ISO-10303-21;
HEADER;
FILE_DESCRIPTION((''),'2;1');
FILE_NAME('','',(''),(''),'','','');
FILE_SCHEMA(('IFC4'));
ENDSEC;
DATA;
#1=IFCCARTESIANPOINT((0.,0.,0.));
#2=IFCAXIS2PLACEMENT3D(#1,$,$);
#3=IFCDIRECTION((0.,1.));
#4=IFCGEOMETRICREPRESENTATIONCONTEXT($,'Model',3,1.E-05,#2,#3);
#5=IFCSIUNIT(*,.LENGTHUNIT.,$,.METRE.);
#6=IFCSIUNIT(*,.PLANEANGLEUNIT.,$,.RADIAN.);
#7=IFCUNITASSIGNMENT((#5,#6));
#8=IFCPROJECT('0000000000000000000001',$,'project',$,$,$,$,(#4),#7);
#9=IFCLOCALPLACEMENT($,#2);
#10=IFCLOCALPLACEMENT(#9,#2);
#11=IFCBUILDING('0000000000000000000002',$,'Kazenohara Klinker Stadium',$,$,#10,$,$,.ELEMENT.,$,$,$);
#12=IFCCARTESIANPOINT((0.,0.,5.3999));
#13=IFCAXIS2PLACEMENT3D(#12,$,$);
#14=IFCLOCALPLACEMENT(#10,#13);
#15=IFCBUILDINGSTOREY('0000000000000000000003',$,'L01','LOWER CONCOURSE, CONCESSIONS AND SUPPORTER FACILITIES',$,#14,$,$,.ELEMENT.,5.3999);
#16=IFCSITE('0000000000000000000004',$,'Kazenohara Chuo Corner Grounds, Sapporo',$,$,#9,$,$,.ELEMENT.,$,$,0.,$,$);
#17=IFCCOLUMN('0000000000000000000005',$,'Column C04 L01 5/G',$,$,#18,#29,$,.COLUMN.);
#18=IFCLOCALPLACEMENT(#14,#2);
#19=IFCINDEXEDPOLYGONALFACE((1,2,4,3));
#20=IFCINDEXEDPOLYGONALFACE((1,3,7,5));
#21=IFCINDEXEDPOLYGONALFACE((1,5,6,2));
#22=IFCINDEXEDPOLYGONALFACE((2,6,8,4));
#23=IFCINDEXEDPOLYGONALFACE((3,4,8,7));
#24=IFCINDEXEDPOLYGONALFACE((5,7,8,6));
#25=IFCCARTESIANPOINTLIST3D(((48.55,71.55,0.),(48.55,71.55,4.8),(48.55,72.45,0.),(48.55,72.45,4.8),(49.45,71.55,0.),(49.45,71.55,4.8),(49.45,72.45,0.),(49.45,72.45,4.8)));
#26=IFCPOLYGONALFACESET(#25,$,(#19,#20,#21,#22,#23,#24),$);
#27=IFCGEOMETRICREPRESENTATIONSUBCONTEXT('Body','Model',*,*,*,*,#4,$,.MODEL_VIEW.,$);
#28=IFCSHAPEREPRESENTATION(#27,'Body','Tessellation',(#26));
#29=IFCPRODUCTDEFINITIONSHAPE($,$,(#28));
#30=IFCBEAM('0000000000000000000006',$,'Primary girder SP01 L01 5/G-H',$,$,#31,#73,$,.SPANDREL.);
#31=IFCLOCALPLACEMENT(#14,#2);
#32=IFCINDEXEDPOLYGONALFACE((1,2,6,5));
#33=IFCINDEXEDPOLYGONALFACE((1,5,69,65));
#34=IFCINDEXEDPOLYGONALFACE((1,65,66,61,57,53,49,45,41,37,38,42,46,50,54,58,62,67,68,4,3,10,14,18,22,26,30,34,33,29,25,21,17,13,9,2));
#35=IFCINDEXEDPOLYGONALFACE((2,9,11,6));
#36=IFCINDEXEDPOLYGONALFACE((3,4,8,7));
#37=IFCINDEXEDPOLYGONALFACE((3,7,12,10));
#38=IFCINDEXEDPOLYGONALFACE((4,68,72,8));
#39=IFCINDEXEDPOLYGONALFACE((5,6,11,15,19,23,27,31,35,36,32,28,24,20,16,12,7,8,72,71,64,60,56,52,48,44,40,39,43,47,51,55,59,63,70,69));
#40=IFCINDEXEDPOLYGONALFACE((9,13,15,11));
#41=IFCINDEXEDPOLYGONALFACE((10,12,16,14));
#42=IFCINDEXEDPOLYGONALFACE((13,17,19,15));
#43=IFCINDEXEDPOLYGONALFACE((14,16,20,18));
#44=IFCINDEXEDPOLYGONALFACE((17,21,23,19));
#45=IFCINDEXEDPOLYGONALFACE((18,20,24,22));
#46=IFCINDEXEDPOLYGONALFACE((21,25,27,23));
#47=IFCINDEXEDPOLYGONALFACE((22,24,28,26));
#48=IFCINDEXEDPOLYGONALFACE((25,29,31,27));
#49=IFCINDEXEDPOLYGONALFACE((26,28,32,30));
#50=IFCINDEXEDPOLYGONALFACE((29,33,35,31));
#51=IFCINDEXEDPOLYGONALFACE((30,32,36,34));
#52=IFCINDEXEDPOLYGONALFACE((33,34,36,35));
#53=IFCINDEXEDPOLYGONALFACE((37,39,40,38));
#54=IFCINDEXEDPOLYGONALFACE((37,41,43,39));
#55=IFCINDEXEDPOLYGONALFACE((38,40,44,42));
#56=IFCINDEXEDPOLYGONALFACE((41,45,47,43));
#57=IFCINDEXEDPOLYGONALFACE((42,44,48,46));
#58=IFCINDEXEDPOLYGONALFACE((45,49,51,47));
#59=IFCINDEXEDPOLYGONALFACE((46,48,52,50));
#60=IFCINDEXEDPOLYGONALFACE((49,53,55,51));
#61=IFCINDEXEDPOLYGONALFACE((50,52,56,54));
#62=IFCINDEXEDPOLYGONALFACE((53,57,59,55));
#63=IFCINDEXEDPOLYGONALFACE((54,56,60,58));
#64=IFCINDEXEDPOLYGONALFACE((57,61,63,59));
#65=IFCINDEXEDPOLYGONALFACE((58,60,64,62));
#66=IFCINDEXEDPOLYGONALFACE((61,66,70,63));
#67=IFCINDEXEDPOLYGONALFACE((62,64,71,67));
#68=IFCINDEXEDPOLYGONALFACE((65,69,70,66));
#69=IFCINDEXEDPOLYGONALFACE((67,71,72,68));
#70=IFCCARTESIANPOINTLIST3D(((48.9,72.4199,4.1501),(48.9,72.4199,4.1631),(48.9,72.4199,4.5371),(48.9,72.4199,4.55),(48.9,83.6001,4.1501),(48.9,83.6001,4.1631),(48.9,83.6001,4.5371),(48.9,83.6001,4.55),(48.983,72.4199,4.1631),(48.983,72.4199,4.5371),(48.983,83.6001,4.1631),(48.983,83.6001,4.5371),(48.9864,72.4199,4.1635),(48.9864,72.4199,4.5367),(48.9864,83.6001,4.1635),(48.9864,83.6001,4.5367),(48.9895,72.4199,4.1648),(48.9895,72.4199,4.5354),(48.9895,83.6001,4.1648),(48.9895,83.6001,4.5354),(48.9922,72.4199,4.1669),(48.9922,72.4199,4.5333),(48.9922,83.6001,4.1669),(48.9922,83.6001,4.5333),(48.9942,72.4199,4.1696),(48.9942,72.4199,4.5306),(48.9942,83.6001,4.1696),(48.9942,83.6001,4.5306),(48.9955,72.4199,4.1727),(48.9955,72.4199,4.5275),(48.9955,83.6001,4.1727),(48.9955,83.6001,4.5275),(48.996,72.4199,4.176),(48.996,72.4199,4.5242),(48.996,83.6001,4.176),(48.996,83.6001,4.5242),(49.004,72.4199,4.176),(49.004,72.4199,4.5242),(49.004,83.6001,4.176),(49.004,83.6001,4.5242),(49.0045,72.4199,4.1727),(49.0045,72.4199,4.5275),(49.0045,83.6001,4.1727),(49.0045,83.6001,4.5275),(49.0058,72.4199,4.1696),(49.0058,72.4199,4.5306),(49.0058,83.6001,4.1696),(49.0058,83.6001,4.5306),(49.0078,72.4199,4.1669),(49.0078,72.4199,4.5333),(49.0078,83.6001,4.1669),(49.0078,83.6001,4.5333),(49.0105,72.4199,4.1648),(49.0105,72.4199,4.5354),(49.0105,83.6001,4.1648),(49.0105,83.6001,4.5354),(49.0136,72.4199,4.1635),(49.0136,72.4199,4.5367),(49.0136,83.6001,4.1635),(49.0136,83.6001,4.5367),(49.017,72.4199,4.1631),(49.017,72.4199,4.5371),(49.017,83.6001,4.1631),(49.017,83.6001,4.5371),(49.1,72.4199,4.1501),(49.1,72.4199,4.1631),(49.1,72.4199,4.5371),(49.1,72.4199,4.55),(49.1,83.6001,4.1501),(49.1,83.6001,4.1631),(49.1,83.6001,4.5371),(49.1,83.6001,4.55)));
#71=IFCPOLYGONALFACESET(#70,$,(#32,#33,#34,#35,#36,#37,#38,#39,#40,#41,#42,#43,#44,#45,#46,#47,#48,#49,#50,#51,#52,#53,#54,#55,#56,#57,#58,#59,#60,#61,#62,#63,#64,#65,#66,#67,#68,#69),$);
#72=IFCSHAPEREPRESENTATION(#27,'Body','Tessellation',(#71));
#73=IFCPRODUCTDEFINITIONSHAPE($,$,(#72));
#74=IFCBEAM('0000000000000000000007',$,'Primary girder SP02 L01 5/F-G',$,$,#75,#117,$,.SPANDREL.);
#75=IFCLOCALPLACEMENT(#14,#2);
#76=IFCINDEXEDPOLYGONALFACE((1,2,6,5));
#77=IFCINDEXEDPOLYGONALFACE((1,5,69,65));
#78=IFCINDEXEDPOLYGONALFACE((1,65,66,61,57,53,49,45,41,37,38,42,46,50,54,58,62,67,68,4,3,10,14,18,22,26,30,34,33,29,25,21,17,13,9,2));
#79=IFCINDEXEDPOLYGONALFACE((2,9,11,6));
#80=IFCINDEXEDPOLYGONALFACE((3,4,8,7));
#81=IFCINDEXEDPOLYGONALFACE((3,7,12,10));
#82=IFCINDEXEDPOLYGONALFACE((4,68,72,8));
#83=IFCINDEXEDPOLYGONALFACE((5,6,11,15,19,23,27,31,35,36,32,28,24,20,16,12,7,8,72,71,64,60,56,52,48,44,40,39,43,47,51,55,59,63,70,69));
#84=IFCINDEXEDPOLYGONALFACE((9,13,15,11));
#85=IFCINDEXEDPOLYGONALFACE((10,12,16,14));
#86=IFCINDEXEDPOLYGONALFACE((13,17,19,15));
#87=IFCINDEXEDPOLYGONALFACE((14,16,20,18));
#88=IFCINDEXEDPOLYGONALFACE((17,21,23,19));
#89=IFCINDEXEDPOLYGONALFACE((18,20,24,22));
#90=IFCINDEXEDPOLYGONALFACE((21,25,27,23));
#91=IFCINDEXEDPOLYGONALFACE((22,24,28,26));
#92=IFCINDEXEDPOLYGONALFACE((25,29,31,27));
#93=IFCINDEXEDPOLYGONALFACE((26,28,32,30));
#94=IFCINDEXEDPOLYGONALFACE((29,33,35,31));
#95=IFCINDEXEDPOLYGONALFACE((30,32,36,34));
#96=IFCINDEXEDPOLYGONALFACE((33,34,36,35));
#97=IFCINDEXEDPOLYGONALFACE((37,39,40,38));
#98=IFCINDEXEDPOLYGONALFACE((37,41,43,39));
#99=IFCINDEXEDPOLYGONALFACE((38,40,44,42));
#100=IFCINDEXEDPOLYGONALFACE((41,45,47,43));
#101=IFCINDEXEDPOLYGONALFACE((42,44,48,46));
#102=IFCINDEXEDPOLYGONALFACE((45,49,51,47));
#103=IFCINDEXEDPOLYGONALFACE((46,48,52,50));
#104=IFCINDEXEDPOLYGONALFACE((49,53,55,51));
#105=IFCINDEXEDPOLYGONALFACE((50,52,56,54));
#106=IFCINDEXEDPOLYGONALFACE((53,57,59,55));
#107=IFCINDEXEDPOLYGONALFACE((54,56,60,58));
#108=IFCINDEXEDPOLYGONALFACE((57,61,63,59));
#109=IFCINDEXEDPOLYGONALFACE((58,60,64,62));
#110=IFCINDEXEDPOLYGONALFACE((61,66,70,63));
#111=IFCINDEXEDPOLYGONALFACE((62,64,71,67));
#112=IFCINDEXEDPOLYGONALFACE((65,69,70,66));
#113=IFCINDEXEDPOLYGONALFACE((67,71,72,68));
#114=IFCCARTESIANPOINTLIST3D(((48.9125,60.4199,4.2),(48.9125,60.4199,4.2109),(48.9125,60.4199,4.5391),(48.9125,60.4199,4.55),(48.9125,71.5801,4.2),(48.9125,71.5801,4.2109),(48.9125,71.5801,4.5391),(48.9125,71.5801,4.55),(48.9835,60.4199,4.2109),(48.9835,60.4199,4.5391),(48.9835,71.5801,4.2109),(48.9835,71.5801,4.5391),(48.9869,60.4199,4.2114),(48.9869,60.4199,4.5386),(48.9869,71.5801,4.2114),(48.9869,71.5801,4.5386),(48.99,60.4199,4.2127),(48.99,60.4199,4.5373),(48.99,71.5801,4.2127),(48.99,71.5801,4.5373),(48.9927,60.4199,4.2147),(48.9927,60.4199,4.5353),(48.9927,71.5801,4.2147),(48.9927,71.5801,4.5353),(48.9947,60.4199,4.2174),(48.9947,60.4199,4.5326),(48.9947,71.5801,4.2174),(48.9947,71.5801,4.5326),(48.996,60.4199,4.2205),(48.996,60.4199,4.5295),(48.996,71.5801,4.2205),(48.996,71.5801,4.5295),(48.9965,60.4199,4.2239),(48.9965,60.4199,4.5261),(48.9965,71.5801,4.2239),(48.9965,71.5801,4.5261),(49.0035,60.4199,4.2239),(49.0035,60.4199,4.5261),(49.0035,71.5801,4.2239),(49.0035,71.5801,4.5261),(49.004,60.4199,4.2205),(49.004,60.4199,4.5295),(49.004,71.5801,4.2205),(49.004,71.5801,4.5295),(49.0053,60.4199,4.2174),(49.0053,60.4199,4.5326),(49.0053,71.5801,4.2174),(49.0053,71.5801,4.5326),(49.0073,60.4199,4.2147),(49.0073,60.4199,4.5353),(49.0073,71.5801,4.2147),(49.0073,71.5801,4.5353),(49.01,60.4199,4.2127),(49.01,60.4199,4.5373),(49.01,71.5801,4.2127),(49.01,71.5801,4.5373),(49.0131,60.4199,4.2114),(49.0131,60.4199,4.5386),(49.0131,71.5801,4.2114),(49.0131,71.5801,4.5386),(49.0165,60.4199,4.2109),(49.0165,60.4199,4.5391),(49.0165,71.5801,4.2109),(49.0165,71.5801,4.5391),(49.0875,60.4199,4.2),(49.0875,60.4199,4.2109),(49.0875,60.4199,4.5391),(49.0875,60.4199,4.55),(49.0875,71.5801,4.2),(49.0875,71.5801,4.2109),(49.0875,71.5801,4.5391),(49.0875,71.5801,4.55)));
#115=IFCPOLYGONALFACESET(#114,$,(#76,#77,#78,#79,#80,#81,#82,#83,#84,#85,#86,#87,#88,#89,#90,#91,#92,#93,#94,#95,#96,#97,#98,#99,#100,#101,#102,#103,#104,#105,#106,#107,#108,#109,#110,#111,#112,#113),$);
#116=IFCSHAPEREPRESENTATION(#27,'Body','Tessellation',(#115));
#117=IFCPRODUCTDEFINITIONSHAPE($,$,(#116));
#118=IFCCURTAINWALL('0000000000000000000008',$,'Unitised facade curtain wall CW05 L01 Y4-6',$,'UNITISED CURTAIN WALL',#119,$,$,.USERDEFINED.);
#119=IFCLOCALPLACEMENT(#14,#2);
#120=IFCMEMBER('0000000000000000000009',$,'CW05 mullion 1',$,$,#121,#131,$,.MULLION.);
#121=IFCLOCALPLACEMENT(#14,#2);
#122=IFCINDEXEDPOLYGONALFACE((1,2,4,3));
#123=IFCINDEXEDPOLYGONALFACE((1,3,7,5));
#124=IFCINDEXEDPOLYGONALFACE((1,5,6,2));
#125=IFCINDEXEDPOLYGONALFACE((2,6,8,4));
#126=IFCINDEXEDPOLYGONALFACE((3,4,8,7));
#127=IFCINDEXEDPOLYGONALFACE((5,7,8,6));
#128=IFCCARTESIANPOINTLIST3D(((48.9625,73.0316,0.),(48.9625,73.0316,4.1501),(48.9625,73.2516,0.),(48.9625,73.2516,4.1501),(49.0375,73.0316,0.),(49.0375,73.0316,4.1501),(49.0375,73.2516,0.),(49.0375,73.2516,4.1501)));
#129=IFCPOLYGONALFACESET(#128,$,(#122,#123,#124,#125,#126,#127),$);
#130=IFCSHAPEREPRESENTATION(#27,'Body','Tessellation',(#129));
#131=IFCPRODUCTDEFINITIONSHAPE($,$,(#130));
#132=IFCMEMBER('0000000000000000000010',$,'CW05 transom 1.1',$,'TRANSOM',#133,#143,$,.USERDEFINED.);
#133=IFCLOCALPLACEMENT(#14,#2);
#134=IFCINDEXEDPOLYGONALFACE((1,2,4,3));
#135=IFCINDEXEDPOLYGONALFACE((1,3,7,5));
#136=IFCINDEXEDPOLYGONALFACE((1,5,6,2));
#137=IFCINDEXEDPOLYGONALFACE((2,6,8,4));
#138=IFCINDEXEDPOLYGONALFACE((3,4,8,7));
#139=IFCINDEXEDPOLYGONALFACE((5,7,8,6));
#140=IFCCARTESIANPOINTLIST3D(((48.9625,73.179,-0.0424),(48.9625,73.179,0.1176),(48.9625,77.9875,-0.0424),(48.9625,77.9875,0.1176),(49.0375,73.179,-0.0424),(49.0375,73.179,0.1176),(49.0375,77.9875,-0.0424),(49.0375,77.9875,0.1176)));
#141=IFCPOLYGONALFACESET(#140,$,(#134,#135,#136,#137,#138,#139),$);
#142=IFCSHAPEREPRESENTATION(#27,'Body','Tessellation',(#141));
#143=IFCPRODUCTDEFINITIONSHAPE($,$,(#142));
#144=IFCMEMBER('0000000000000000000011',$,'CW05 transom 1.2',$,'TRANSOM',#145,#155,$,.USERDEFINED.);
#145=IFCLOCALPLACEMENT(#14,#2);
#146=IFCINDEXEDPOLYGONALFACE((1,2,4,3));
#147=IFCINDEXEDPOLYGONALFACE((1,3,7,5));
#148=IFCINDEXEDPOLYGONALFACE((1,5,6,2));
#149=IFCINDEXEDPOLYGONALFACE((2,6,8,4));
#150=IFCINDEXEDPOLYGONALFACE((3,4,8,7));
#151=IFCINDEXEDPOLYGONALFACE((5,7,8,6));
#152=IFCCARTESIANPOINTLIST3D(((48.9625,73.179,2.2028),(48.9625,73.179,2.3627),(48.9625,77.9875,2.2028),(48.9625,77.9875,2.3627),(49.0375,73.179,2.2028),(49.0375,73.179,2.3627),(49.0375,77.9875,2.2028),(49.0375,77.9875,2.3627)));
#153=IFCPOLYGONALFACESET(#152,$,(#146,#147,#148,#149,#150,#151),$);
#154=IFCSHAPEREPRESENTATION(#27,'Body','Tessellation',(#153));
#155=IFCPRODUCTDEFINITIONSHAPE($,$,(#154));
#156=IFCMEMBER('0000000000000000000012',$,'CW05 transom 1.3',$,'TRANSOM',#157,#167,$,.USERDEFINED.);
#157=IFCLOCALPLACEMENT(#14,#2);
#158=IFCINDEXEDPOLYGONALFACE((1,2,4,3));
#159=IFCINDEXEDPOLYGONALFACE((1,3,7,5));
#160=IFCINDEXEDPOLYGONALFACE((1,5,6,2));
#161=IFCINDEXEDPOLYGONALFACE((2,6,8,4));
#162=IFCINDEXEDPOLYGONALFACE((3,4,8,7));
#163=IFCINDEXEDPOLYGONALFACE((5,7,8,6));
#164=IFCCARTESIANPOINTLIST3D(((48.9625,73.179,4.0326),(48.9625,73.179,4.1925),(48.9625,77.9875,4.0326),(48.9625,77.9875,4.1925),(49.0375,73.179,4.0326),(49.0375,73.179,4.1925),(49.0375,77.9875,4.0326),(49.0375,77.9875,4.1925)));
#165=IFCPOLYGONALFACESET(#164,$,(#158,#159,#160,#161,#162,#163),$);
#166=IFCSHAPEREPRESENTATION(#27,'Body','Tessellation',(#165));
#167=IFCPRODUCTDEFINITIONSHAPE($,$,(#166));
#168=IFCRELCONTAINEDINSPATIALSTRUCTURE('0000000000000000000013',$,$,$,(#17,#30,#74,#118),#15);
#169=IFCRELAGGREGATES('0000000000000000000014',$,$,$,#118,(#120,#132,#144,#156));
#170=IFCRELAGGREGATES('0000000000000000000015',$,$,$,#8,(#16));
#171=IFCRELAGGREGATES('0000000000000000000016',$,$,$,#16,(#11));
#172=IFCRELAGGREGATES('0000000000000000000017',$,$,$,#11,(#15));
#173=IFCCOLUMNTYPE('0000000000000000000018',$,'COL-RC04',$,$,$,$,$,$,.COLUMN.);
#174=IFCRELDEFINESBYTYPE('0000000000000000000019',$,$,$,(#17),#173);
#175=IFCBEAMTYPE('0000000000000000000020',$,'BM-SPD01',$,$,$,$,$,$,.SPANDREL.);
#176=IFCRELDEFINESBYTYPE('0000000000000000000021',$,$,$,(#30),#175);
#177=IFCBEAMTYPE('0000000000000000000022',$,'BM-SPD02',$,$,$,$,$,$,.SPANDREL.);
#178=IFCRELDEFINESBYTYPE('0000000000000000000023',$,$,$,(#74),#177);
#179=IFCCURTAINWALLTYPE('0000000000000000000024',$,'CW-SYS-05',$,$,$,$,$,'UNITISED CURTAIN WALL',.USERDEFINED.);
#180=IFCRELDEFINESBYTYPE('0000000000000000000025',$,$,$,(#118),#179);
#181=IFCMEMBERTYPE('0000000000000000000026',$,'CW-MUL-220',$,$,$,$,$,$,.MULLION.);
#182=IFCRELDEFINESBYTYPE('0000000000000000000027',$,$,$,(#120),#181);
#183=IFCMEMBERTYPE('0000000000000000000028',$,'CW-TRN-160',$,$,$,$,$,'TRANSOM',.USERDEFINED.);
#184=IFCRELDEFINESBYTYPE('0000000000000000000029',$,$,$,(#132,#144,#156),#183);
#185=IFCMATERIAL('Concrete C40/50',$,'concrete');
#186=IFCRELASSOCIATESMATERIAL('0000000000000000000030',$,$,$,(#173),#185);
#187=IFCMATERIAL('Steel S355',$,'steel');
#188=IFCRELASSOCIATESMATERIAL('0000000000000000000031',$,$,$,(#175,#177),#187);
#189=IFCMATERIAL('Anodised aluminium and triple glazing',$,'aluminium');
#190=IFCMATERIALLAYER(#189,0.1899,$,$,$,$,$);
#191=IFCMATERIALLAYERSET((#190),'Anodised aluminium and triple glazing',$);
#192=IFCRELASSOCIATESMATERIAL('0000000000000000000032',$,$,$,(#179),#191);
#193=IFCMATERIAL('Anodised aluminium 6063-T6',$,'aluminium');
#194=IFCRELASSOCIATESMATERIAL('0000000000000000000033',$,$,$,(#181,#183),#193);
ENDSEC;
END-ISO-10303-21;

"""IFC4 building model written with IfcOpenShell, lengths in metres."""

from ifc_helpers import new_model, si_unit, direction, frame, origin, origin_2d, place, context, subcontext, project, spatial, rectangle, i_section, extrude, material, layer, layer_set, material_profile, profile_set, type_object, element, aggregate, save


model = new_model("IFC4")

# Units and contexts
model_context = context("Model", 3, precision=1e-05, world=origin(), true_north=direction((0.0, 1.0)))
body_context = subcontext(model_context, "Body", "Model", "MODEL_VIEW")
ifc_project = project(units=[si_unit("LENGTHUNIT", "METRE"), si_unit("PLANEANGLEUNIT", "RADIAN")], contexts=[model_context])

# Site, building, storey
site_placement = place(None, origin())
site = spatial("IfcSite", under=ifc_project, at=site_placement, Name="Kazenohara Chuo Corner Grounds, Sapporo", CompositionType="ELEMENT", RefElevation=0.0)
building_placement = place(site_placement, origin())
building = spatial("IfcBuilding", under=site, at=building_placement, Name="Kazenohara Klinker Stadium", CompositionType="ELEMENT")
storey_placement = place(building_placement, frame((0.0, 0.0, 5.3999)))
storey = spatial("IfcBuildingStorey", under=building, at=storey_placement, Name="L01", Description="LOWER CONCOURSE, CONCESSIONS AND SUPPORTER FACILITIES", CompositionType="ELEMENT", Elevation=5.3999)

# Column
ifc_material_1 = material(Name="Concrete C40/50", Category="concrete")
ifc_material_profile_1 = material_profile(ifc_material_1, rectangle(XDim=0.8999, YDim=0.8999, at=origin_2d()), Name="RC-COL-900x900")
ifc_profile_set_1 = profile_set([ifc_material_profile_1], Name="Concrete C40/50")
column_type = type_object("IfcColumnType", Name="COL-RC04", PredefinedType="COLUMN", material=ifc_profile_set_1)
column_placement = place(storey_placement, frame((49.0, 72.0, 0.0), z_axis=(0.0, 0.0, 1.0), x_axis=(1.0, 0.0, 0.0)))
element("IfcColumn", 1, at=column_placement, inside=storey, type_object=column_type, Name="Column C04 L01 5/G", PredefinedType="COLUMN", context=body_context, shape_type="SweptSolid", body=[
    extrude(rectangle(XDim=0.8999, YDim=0.8999, at=origin_2d()), origin(), (0.0, 0.0, 1.0), 4.8),
])

# Beams
ifc_material_2 = material(Name="Steel S355", Category="steel")
ifc_material_profile_2 = material_profile(ifc_material_2, i_section(OverallWidth=0.2, OverallDepth=0.3999, WebThickness=0.0081, FlangeThickness=0.0129, FilletRadius=0.0129, at=origin_2d()), Name="H-400x200x8x13")
ifc_profile_set_2 = profile_set([ifc_material_profile_2], Name="Steel S355")
beam_type_1 = type_object("IfcBeamType", Name="BM-SPD01", PredefinedType="SPANDREL", material=ifc_profile_set_2)
beam_1_placement = place(storey_placement, frame((49.0, 72.4199, 4.3501), z_axis=(0.0, 1.0, 0.0), x_axis=(-1.0, 0.0, 0.0)))
element("IfcBeam", 2, at=beam_1_placement, inside=storey, type_object=beam_type_1, Name="Primary girder SP01 L01 5/G-H", PredefinedType="SPANDREL", context=body_context, shape_type="SweptSolid", body=[
    extrude(i_section(OverallWidth=0.2, OverallDepth=0.3999, WebThickness=0.0081, FlangeThickness=0.0129, FilletRadius=0.0129, at=origin_2d()), origin(), (0.0, 0.0, 1.0), 11.1802),
])
ifc_material_profile_3 = material_profile(ifc_material_2, i_section(OverallWidth=0.175, OverallDepth=0.3501, WebThickness=0.0071, FlangeThickness=0.011, FilletRadius=0.0129, at=origin_2d()), Name="H-350x175x7x11")
ifc_profile_set_3 = profile_set([ifc_material_profile_3], Name="Steel S355")
beam_type_2 = type_object("IfcBeamType", Name="BM-SPD02", PredefinedType="SPANDREL", material=ifc_profile_set_3)
beam_2_placement = place(storey_placement, frame((49.0, 60.4199, 4.375), z_axis=(0.0, 1.0, 0.0), x_axis=(-1.0, 0.0, 0.0)))
element("IfcBeam", 3, at=beam_2_placement, inside=storey, type_object=beam_type_2, Name="Primary girder SP02 L01 5/F-G", PredefinedType="SPANDREL", context=body_context, shape_type="SweptSolid", body=[
    extrude(i_section(OverallWidth=0.175, OverallDepth=0.3501, WebThickness=0.0071, FlangeThickness=0.011, FilletRadius=0.0129, at=origin_2d()), origin(), (0.0, 0.0, 1.0), 11.1602),
])

# Curtain wall, members
ifc_material_3 = material(Name="Anodised aluminium and triple glazing", Category="aluminium")
ifc_layer_1 = layer(ifc_material_3, 0.1899)
ifc_layer_set_1 = layer_set([ifc_layer_1], Name="Anodised aluminium and triple glazing")
curtain_wall_type = type_object("IfcCurtainWallType", Name="CW-SYS-05", ElementType="UNITISED CURTAIN WALL", PredefinedType="USERDEFINED", material=ifc_layer_set_1)
curtain_wall_placement = place(storey_placement, origin())
curtain_wall = element("IfcCurtainWall", 4, at=curtain_wall_placement, inside=storey, type_object=curtain_wall_type, Name="Unitised facade curtain wall CW05 L01 Y4-6", ObjectType="UNITISED CURTAIN WALL", PredefinedType="USERDEFINED")
ifc_material_4 = material(Name="Anodised aluminium 6063-T6", Category="aluminium")
ifc_material_profile_4 = material_profile(ifc_material_4, rectangle(XDim=0.075, YDim=0.22, at=origin_2d()), Name="ALU-MUL-75x220")
ifc_profile_set_4 = profile_set([ifc_material_profile_4], Name="Anodised aluminium 6063-T6")
member_type_1 = type_object("IfcMemberType", Name="CW-MUL-220", PredefinedType="MULLION", material=ifc_profile_set_4)
member_1_placement = place(storey_placement, frame((49.0, 73.1416, 0.0), z_axis=(0.0, 0.0, 1.0), x_axis=(-1.0, 0.0, 0.0)))
member_1 = element("IfcMember", 5, at=member_1_placement, type_object=member_type_1, Name="CW05 mullion 1", PredefinedType="MULLION", context=body_context, shape_type="SweptSolid", body=[
    extrude(rectangle(XDim=0.075, YDim=0.22, at=origin_2d()), origin(), (0.0, 0.0, 1.0), 4.1501),
])
ifc_material_profile_5 = material_profile(ifc_material_4, rectangle(XDim=0.075, YDim=0.1599, at=origin_2d()), Name="ALU-TRN-75x160")
ifc_profile_set_5 = profile_set([ifc_material_profile_5], Name="Anodised aluminium 6063-T6")
member_type_2 = type_object("IfcMemberType", Name="CW-TRN-160", ElementType="TRANSOM", PredefinedType="USERDEFINED", material=ifc_profile_set_5)
member_2_placement = place(storey_placement, frame((49.0, 73.179, 0.0376), z_axis=(0.0, 1.0, 0.0), x_axis=(-1.0, 0.0, 0.0)))
member_2 = element("IfcMember", 6, at=member_2_placement, type_object=member_type_2, Name="CW05 transom 1.1", ObjectType="TRANSOM", PredefinedType="USERDEFINED", context=body_context, shape_type="SweptSolid", body=[
    extrude(rectangle(XDim=0.075, YDim=0.1599, at=origin_2d()), origin(), (0.0, 0.0, 1.0), 4.8086),
])
member_3_placement = place(storey_placement, frame((49.0, 73.179, 2.2827), z_axis=(0.0, 1.0, 0.0), x_axis=(-1.0, 0.0, 0.0)))
member_3 = element("IfcMember", 7, at=member_3_placement, type_object=member_type_2, Name="CW05 transom 1.2", ObjectType="TRANSOM", PredefinedType="USERDEFINED", context=body_context, shape_type="SweptSolid", body=[
    extrude(rectangle(XDim=0.075, YDim=0.1599, at=origin_2d()), origin(), (0.0, 0.0, 1.0), 4.8086),
])
member_4_placement = place(storey_placement, frame((49.0, 73.179, 4.1125), z_axis=(0.0, 1.0, 0.0), x_axis=(-1.0, 0.0, 0.0)))
member_4 = element("IfcMember", 8, at=member_4_placement, type_object=member_type_2, Name="CW05 transom 1.3", ObjectType="TRANSOM", PredefinedType="USERDEFINED", context=body_context, shape_type="SweptSolid", body=[
    extrude(rectangle(XDim=0.075, YDim=0.1599, at=origin_2d()), origin(), (0.0, 0.0, 1.0), 4.8086),
])

aggregate(curtain_wall, [member_1, member_2, member_3, member_4])

save(model, "model.ifc")
